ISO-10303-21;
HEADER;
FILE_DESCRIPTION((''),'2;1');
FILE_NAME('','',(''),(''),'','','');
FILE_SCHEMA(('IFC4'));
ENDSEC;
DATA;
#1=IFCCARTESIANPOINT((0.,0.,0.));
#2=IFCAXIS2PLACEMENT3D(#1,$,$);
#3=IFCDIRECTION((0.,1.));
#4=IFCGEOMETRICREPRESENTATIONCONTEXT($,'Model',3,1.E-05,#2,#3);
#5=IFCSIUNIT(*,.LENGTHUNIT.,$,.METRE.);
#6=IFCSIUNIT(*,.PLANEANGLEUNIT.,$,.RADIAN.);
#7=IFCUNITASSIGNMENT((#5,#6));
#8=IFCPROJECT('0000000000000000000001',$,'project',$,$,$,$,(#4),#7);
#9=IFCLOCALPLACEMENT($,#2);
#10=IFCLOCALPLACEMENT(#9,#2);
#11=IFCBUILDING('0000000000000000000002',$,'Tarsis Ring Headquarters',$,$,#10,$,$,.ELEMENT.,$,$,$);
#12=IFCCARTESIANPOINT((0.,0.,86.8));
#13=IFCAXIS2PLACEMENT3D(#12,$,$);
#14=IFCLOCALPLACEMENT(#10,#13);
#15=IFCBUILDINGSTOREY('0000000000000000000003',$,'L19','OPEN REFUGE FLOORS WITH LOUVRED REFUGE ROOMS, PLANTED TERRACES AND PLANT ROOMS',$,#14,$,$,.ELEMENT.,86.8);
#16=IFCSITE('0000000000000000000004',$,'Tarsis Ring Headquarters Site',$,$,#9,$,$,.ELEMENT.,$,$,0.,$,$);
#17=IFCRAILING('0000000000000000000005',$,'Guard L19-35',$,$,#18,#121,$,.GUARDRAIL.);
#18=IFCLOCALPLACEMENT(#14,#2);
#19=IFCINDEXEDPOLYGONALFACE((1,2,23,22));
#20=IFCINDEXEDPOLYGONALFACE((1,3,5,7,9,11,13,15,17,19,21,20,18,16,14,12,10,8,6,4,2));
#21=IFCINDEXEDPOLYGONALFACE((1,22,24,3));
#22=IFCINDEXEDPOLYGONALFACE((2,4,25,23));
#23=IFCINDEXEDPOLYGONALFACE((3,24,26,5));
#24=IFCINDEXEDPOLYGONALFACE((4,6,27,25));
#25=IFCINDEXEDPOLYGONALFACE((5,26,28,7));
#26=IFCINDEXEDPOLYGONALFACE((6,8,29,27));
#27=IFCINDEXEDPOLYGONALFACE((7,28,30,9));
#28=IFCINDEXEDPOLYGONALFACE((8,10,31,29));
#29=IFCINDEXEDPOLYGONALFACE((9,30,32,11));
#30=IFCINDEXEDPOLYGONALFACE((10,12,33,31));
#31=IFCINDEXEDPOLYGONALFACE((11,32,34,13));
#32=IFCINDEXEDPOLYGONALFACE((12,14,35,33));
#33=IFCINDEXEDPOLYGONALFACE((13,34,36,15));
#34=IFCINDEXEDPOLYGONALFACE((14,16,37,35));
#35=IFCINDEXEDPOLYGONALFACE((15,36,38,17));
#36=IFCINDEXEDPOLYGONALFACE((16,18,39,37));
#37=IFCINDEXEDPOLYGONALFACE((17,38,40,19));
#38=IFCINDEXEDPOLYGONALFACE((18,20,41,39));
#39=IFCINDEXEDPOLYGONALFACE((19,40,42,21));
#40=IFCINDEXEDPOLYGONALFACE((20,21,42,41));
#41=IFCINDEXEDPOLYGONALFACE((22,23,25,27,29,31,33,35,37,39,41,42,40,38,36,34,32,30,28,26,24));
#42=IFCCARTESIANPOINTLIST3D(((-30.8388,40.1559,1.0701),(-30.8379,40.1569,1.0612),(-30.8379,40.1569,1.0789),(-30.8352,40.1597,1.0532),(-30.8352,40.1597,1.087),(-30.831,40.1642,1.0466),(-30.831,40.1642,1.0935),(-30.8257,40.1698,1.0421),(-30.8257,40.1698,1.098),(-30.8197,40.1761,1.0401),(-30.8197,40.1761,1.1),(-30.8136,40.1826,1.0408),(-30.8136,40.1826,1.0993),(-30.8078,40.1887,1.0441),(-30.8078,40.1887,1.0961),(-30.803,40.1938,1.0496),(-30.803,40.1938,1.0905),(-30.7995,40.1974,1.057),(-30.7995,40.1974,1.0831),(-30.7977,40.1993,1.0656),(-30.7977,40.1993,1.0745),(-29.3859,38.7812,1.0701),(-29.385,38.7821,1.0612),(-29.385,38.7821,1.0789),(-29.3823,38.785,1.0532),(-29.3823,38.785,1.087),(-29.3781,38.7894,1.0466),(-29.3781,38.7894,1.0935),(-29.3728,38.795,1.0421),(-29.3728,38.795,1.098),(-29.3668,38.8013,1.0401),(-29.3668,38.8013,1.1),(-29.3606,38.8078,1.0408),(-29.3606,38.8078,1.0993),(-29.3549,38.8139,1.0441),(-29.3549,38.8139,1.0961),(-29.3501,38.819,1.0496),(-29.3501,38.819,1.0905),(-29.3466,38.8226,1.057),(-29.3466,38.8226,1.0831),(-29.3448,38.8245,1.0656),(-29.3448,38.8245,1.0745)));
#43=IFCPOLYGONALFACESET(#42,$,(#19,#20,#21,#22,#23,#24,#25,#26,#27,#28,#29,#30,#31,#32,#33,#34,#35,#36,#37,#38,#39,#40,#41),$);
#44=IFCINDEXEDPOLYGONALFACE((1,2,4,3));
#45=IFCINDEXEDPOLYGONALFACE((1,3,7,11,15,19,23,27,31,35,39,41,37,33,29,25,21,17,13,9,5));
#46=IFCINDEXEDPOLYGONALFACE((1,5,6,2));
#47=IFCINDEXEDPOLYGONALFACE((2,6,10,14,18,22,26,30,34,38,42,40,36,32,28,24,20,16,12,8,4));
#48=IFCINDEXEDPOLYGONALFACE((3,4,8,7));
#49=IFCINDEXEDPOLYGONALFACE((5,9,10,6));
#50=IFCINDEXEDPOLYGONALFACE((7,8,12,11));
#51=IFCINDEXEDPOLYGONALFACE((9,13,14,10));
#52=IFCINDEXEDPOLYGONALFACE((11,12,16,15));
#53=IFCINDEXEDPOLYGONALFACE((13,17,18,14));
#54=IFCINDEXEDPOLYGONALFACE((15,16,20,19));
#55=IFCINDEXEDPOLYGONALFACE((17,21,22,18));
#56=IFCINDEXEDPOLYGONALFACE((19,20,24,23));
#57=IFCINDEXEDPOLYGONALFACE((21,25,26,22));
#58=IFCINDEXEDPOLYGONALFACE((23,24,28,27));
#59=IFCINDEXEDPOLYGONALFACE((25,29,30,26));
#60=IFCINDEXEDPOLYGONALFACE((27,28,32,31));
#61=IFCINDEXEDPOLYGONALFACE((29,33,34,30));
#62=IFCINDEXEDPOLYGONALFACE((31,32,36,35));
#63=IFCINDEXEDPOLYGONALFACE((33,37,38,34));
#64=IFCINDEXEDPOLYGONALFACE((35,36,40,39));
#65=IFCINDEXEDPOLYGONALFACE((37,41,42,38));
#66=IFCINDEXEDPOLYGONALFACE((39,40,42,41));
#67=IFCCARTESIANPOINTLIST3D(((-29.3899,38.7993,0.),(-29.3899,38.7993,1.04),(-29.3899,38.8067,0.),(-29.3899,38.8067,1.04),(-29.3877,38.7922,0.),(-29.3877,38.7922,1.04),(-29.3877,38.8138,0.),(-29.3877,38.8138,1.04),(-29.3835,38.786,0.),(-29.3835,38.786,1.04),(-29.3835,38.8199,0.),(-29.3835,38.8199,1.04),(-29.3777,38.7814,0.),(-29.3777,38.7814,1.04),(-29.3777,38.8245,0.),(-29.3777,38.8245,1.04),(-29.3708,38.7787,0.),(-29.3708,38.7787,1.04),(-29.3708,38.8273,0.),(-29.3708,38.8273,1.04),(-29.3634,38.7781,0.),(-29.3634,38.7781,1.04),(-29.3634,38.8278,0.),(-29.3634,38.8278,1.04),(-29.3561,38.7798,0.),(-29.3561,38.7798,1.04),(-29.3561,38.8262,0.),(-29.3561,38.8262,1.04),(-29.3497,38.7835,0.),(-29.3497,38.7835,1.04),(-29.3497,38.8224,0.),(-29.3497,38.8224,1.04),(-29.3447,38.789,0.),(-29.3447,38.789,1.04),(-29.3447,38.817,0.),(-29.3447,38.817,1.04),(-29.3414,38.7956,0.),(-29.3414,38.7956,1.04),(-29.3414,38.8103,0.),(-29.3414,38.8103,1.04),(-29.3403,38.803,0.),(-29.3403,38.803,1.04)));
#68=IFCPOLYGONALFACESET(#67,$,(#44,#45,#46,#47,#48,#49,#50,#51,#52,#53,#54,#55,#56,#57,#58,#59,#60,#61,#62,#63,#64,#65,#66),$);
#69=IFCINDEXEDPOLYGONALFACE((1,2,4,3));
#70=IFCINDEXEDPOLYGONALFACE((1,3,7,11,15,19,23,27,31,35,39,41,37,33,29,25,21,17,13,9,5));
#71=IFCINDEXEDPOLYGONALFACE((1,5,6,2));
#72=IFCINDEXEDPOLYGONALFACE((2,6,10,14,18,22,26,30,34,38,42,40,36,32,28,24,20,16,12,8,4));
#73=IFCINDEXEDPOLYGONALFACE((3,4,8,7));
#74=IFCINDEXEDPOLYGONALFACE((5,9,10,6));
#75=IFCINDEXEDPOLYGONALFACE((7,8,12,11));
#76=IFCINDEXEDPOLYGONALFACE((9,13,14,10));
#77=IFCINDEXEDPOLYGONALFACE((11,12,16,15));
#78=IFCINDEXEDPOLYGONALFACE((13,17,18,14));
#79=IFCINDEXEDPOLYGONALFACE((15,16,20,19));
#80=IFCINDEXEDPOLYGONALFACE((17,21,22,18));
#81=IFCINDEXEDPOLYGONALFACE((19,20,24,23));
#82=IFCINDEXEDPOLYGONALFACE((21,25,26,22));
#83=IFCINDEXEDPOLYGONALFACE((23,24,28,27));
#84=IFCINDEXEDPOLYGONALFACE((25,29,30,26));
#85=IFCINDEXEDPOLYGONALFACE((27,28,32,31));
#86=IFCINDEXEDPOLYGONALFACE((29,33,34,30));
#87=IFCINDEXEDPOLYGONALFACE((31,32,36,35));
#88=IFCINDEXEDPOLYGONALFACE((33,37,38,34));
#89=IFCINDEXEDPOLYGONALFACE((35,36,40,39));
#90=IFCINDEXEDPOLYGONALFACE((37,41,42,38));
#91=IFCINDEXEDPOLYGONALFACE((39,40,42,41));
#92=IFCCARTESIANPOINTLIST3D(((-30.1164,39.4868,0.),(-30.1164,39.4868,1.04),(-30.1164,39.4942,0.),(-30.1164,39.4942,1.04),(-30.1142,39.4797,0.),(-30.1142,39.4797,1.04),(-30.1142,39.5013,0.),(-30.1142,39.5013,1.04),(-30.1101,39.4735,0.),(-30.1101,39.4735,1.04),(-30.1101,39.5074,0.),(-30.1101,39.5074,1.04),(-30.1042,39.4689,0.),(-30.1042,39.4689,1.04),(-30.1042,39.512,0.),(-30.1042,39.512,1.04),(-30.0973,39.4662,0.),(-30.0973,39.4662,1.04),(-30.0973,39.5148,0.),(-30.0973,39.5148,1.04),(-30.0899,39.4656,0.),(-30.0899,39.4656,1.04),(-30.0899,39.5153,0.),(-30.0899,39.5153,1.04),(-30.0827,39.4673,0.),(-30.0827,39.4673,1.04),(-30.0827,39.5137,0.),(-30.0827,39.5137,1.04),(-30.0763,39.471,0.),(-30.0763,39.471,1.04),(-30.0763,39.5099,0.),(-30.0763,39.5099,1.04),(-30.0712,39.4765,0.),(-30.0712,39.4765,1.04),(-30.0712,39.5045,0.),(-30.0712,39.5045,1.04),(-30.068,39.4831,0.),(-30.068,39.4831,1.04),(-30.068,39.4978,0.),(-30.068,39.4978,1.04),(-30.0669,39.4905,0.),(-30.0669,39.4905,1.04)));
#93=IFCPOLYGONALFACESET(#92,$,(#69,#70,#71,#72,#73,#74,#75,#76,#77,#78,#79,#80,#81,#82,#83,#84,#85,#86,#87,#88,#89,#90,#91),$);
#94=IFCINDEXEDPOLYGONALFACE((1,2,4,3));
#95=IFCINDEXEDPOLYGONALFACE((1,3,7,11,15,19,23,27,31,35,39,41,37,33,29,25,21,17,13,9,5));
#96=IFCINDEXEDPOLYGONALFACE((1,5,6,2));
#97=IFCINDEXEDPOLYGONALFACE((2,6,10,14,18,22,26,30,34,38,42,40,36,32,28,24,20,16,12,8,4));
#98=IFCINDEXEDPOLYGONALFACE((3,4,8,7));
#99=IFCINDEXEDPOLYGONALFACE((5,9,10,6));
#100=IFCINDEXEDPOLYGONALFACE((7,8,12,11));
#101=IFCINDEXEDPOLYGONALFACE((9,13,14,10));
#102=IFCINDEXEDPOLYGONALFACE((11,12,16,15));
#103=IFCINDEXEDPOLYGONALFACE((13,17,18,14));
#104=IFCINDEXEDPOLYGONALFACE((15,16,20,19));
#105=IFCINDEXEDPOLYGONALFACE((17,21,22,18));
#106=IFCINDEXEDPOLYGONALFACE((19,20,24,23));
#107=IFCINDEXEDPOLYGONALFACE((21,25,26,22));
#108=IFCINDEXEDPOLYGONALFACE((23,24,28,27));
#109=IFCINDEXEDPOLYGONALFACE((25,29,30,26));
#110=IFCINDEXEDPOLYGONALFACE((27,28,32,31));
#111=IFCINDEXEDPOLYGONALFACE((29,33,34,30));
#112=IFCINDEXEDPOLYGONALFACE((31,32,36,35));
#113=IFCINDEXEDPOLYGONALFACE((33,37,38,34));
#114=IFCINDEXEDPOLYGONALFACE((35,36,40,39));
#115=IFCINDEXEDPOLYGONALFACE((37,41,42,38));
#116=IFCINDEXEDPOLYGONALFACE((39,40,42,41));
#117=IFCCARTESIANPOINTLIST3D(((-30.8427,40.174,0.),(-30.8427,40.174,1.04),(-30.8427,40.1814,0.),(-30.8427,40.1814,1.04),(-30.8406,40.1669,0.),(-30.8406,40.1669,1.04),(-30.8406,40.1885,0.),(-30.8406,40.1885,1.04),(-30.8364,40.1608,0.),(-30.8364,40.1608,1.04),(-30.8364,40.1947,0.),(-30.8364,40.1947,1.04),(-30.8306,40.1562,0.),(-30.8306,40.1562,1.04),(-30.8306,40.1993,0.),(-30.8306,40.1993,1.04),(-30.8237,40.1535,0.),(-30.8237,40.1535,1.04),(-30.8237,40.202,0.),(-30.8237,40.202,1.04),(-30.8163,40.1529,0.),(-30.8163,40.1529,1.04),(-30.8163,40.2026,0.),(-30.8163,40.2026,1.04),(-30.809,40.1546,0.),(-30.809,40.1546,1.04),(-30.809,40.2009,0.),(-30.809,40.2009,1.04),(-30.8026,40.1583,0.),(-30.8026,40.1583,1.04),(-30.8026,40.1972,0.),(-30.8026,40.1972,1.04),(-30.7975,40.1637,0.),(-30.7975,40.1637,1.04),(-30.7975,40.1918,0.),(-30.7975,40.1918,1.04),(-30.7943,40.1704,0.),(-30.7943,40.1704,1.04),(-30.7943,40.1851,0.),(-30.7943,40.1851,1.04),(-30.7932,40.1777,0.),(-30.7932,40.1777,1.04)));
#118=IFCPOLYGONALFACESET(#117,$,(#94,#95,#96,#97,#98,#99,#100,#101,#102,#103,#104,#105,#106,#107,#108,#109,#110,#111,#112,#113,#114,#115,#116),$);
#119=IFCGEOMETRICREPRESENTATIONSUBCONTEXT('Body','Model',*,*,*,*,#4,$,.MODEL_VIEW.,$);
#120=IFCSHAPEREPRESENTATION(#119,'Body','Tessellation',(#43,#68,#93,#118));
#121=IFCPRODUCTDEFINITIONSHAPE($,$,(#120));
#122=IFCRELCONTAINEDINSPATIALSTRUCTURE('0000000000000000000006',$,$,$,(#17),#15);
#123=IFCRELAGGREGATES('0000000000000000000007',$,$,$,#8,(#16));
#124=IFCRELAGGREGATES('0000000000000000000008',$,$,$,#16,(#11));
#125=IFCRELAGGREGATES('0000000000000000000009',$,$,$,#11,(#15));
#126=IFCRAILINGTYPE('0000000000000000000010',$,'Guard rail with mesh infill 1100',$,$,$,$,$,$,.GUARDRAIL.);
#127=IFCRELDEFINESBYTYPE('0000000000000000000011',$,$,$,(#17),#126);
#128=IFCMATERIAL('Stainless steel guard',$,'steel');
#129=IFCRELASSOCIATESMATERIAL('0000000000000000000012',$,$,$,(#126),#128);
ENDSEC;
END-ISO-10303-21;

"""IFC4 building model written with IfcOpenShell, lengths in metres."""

from ifc_helpers import new_model, si_unit, direction, frame, origin, origin_2d, place, context, subcontext, project, spatial, circle, extrude, material, type_object, element, save


model = new_model("IFC4")

# Units and contexts
model_context = context("Model", 3, precision=1e-05, world=origin(), true_north=direction((0.0, 1.0)))
body_context = subcontext(model_context, "Body", "Model", "MODEL_VIEW")
ifc_project = project(units=[si_unit("LENGTHUNIT", "METRE"), si_unit("PLANEANGLEUNIT", "RADIAN")], contexts=[model_context])

# Site, building, storey
site_placement = place(None, origin())
site = spatial("IfcSite", under=ifc_project, at=site_placement, Name="Tarsis Ring Headquarters Site", CompositionType="ELEMENT", RefElevation=0.0)
building_placement = place(site_placement, origin())
building = spatial("IfcBuilding", under=site, at=building_placement, Name="Tarsis Ring Headquarters", CompositionType="ELEMENT")
storey_placement = place(building_placement, frame((0.0, 0.0, 86.8)))
storey = spatial("IfcBuildingStorey", under=building, at=storey_placement, Name="L19", Description="OPEN REFUGE FLOORS WITH LOUVRED REFUGE ROOMS, PLANTED TERRACES AND PLANT ROOMS", CompositionType="ELEMENT", Elevation=86.8)

# Railing
ifc_material_1 = material(Name="Stainless steel guard", Category="steel")
railing_type_1 = type_object("IfcRailingType", Name="Guard rail with mesh infill 1100", PredefinedType="GUARDRAIL", material=ifc_material_1)
railing_1_placement = place(storey_placement, frame((-29.3652, 38.803, 0.0)))
element("IfcRailing", 1, at=railing_1_placement, inside=storey, type_object=railing_type_1, Name="Guard L19-35", PredefinedType="GUARDRAIL", context=body_context, shape_type="SweptSolid", body=[
    extrude(circle(Radius=0.03, at=origin_2d()), frame((0.0, 0.0, 1.0701), z_axis=(-0.726366, 0.687308, 0.0), x_axis=(-0.687308, -0.726366, 0.0)), (0.0, 0.0, 1.0), 2.0002),
    extrude(circle(Radius=0.0249, at=origin_2d()), origin(), (0.0, 0.0, 1.0), 1.04),
    extrude(circle(Radius=0.0249, at=origin_2d()), frame((-0.7266, 0.6875, 0.0)), (0.0, 0.0, 1.0), 1.04),
    extrude(circle(Radius=0.0249, at=origin_2d()), frame((-1.4529, 1.3748, 0.0)), (0.0, 0.0, 1.0), 1.04),
])

save(model, "model.ifc")
